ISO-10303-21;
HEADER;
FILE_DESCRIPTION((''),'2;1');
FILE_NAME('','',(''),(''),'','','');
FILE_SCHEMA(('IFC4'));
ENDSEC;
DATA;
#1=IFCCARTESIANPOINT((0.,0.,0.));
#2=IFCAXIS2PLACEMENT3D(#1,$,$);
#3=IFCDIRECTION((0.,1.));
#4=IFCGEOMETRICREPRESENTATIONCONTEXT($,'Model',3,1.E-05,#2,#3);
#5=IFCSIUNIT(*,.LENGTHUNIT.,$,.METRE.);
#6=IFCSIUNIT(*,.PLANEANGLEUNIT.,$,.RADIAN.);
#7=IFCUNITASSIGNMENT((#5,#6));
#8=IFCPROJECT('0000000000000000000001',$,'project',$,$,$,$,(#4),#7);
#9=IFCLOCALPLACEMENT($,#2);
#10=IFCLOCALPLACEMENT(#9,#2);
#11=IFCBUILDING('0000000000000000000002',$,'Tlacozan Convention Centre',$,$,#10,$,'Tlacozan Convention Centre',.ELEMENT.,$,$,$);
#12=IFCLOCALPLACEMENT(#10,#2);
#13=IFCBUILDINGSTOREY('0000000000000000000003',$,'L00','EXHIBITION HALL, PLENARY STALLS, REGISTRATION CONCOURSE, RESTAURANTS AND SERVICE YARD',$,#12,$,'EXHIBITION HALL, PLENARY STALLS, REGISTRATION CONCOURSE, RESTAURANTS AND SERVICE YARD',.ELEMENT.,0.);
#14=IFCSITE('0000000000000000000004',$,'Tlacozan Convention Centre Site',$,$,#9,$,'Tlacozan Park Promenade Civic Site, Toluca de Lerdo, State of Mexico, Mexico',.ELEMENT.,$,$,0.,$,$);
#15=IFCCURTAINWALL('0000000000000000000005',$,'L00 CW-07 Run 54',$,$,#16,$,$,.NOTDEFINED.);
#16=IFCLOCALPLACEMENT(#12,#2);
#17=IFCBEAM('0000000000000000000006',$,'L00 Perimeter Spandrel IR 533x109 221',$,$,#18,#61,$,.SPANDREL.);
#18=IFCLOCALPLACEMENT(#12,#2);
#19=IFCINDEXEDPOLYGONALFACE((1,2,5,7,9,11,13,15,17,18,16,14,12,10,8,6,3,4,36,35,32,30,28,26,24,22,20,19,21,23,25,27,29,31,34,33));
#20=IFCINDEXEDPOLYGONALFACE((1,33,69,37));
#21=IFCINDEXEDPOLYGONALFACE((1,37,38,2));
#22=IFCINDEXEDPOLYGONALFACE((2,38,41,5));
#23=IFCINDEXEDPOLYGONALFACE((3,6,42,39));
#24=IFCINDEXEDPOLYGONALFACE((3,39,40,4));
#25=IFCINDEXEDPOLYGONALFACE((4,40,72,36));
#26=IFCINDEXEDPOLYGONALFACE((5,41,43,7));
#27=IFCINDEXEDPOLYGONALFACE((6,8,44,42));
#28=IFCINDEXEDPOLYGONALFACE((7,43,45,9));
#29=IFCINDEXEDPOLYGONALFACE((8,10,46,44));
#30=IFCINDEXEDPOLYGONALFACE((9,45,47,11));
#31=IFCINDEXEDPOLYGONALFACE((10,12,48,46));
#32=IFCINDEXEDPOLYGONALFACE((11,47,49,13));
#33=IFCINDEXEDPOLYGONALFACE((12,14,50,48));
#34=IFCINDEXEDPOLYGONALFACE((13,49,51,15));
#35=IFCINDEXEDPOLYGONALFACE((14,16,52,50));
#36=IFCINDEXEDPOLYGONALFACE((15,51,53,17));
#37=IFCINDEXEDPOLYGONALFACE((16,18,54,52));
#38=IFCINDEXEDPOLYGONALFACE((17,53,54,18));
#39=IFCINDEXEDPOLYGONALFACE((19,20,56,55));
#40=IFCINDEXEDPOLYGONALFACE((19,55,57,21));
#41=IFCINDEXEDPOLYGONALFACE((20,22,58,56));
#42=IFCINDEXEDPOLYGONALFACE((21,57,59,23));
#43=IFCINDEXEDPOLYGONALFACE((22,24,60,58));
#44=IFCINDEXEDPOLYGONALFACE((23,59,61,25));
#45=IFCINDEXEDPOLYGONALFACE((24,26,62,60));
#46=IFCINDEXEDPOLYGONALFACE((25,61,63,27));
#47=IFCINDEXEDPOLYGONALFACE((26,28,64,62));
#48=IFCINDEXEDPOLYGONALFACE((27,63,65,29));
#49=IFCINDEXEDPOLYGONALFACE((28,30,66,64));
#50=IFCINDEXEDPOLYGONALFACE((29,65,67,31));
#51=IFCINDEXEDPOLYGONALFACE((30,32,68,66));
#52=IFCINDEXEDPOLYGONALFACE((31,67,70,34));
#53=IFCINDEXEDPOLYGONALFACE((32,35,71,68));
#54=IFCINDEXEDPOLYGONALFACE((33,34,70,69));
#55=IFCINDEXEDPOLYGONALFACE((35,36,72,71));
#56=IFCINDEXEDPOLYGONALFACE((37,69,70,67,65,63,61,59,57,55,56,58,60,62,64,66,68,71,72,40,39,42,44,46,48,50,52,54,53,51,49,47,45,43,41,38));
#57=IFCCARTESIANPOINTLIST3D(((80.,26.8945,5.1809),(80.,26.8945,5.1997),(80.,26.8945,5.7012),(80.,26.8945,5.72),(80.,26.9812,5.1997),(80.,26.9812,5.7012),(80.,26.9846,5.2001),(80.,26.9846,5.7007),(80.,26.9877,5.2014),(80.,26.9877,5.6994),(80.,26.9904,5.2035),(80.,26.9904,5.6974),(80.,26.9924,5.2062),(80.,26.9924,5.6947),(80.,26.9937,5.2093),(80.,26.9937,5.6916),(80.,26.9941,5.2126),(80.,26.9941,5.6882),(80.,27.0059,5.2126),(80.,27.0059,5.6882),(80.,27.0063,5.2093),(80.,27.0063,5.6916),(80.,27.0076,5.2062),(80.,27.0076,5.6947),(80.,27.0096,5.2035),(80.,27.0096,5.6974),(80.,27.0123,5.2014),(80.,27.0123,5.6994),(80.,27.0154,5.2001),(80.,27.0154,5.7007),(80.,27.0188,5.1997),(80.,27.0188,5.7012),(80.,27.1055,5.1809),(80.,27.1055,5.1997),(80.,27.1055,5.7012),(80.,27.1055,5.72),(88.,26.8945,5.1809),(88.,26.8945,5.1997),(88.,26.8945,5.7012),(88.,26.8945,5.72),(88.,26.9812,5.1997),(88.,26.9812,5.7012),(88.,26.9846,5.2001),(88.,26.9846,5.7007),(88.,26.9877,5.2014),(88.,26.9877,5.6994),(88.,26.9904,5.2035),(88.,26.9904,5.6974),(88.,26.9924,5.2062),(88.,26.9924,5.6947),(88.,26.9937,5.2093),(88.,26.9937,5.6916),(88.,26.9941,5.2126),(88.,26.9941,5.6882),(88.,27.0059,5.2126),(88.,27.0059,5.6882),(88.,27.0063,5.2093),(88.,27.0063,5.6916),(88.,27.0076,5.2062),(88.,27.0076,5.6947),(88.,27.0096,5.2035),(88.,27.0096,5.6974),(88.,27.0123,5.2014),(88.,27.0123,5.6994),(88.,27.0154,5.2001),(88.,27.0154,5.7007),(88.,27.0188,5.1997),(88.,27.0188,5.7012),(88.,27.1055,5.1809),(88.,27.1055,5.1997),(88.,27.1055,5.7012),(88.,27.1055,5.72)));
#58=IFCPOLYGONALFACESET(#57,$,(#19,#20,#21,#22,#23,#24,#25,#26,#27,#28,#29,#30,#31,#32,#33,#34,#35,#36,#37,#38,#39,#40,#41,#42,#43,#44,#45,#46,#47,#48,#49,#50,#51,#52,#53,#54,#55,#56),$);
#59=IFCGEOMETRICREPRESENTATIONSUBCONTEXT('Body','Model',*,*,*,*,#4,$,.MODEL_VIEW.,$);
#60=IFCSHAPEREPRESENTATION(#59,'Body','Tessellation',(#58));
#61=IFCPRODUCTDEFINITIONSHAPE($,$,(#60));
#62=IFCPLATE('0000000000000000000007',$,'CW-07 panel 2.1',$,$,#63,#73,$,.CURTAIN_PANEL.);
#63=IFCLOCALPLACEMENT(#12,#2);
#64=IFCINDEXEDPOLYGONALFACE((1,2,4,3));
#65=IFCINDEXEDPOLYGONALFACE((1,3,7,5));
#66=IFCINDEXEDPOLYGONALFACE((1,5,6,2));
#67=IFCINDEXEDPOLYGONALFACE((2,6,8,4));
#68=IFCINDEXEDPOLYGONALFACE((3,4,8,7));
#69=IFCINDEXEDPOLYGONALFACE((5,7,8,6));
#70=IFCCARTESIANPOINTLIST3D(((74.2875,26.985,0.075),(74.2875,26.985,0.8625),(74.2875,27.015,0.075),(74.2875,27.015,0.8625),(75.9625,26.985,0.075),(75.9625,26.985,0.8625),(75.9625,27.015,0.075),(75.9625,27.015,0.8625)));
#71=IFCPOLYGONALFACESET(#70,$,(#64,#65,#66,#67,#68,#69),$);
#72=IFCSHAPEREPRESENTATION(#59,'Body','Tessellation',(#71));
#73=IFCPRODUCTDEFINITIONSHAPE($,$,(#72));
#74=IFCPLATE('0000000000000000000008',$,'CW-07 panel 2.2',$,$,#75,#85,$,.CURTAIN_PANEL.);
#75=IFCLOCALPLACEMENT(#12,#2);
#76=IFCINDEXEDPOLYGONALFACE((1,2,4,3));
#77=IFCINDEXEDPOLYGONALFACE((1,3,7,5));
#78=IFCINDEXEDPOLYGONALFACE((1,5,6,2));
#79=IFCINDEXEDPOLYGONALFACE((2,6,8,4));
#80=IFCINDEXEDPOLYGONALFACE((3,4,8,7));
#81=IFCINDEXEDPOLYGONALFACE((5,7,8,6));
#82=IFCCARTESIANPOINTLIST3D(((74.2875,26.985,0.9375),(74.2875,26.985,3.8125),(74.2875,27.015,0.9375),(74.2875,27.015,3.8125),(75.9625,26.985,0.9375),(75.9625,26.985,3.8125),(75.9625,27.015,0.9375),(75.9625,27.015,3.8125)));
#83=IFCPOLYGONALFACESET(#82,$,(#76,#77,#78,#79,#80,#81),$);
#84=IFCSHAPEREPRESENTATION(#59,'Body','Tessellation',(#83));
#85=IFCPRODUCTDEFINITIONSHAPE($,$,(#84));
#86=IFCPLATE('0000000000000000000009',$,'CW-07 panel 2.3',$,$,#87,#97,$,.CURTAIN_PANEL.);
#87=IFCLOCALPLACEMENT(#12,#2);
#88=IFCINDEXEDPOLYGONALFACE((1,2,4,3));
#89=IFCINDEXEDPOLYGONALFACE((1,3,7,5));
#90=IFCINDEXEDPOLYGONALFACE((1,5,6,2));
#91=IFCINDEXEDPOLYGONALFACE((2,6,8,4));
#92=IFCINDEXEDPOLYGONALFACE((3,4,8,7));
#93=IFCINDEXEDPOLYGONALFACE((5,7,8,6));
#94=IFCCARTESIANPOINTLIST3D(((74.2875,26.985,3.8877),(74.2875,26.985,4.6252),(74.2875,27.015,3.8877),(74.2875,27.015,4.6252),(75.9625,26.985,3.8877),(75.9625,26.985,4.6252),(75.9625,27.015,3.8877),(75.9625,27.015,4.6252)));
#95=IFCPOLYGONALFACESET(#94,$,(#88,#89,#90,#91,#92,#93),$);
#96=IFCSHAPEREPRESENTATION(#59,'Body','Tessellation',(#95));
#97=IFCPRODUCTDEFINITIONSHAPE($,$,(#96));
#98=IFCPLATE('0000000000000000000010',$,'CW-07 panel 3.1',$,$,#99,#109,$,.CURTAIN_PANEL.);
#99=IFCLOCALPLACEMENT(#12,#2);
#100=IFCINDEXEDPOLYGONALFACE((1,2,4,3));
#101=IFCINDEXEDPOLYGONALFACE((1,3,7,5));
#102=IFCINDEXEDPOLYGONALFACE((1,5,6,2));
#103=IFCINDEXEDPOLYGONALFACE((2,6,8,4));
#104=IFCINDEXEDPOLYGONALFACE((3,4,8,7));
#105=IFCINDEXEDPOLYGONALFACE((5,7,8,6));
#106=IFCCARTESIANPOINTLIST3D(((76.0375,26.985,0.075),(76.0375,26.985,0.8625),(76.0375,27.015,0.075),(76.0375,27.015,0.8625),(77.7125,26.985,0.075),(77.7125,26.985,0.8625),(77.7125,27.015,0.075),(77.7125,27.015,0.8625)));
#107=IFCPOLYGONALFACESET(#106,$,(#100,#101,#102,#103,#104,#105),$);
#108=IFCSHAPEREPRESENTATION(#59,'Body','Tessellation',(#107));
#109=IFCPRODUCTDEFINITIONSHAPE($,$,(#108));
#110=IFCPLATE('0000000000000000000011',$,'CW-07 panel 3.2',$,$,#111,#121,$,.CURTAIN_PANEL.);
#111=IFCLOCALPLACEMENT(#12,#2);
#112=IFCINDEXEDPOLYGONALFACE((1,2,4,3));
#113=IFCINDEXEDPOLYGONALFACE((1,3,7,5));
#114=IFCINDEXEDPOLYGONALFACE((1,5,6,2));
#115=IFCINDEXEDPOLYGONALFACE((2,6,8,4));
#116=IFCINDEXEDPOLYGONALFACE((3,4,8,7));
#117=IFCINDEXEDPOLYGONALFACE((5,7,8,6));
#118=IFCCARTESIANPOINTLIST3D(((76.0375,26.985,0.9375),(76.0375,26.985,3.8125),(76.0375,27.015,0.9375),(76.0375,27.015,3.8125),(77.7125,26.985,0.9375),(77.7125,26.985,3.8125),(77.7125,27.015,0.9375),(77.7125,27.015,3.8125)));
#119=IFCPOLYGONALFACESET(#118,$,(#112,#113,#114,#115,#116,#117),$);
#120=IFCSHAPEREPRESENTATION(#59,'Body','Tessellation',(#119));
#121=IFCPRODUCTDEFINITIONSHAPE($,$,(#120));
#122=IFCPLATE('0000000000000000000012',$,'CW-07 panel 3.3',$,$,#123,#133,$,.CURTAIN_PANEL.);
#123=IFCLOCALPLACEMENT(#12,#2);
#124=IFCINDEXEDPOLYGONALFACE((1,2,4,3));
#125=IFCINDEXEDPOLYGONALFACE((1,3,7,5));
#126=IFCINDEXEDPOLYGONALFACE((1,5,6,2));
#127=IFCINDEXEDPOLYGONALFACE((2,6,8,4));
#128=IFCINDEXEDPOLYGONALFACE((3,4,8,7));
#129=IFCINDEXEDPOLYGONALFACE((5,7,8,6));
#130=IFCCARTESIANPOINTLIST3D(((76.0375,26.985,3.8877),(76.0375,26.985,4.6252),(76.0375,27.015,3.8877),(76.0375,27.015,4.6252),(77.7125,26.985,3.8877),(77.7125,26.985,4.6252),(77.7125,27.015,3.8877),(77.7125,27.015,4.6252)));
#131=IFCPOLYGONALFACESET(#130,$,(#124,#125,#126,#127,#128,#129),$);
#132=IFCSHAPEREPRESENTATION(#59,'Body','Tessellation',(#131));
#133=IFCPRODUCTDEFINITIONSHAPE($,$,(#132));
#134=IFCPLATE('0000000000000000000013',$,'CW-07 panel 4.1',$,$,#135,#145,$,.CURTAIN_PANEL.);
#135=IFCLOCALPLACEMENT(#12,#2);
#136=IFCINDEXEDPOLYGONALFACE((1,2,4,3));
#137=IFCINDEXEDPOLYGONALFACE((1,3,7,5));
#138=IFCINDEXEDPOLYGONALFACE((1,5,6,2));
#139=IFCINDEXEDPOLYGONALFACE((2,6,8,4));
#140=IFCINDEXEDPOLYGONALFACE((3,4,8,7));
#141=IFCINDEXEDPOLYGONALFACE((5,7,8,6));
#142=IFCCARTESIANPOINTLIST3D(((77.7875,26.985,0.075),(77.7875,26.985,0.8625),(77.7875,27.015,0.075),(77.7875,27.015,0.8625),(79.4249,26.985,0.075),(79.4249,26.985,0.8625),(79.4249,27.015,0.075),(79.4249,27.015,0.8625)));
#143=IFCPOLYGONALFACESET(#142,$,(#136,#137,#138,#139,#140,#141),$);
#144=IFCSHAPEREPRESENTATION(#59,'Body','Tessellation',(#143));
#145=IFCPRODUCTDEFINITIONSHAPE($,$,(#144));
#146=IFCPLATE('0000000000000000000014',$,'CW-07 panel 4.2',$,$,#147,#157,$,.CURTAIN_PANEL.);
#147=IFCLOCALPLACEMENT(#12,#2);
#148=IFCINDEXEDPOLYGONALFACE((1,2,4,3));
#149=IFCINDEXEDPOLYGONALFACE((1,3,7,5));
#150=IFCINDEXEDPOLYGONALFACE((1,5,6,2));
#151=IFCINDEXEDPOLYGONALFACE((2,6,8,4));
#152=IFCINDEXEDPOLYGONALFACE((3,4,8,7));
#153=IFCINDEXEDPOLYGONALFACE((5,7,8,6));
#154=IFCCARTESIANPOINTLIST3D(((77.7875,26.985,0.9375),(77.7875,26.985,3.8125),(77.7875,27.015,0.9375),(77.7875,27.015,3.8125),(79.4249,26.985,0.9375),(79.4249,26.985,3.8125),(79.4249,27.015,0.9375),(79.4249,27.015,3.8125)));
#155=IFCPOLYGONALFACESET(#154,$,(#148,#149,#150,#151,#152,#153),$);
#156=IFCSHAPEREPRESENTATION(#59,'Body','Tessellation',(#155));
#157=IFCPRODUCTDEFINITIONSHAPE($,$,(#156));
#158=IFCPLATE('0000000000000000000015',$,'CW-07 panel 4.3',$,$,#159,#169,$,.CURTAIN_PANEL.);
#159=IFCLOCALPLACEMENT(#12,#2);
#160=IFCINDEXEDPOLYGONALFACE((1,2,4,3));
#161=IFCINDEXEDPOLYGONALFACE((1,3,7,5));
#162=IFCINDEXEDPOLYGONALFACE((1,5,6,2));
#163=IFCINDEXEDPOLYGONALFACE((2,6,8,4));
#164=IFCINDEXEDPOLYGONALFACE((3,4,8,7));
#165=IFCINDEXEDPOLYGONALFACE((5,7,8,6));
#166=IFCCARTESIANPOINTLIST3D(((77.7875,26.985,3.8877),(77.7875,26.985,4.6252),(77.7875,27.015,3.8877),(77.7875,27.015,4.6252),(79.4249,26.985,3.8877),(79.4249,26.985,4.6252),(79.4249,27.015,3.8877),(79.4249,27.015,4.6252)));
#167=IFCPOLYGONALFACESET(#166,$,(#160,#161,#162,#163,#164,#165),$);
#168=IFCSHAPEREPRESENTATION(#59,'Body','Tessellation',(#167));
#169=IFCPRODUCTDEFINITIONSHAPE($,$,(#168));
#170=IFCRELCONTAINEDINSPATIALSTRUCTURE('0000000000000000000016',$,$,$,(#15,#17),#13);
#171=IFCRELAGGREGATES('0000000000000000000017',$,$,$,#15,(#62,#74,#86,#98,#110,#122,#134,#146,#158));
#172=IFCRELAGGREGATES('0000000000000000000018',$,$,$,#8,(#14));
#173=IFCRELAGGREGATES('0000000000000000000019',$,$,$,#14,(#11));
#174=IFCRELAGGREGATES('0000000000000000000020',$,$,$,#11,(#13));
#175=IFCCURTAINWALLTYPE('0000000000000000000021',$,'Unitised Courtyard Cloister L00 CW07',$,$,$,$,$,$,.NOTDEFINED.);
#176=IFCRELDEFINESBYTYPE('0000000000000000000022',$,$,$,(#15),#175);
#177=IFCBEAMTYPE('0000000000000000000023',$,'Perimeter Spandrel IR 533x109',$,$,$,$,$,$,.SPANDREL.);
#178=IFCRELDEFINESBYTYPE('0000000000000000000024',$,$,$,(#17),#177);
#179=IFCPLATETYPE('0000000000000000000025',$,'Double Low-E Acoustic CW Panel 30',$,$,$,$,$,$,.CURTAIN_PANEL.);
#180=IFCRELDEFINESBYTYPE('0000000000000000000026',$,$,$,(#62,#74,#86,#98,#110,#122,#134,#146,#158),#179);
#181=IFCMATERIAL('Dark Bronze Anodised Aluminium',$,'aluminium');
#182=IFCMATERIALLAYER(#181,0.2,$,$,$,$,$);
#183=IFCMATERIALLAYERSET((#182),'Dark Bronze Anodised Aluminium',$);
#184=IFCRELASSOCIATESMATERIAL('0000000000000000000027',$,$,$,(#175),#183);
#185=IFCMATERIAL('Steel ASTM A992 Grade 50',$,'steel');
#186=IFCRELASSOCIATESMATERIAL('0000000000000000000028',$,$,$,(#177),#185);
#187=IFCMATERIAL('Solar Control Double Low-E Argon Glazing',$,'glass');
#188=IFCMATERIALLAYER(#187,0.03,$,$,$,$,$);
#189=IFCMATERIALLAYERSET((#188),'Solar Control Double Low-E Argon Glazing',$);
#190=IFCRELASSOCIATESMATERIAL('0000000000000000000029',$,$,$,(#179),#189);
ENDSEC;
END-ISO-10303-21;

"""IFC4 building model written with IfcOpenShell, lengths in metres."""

from ifc_helpers import new_model, si_unit, direction, frame, origin, origin_2d, place, context, subcontext, project, spatial, rectangle, i_section, extrude, material, layer, layer_set, material_profile, profile_set, type_object, element, aggregate, save


model = new_model("IFC4")

# Units and contexts
model_context = context("Model", 3, precision=1e-05, world=origin(), true_north=direction((0.0, 1.0)))
body_context = subcontext(model_context, "Body", "Model", "MODEL_VIEW")
ifc_project = project(units=[si_unit("LENGTHUNIT", "METRE"), si_unit("PLANEANGLEUNIT", "RADIAN")], contexts=[model_context])

# Site, building, storey
site_placement = place(None, origin())
site = spatial("IfcSite", under=ifc_project, at=site_placement, Name="Tlacozan Convention Centre Site", LongName="Tlacozan Park Promenade Civic Site, Toluca de Lerdo, State of Mexico, Mexico", CompositionType="ELEMENT", RefElevation=0.0)
building_placement = place(site_placement, origin())
building = spatial("IfcBuilding", under=site, at=building_placement, Name="Tlacozan Convention Centre", LongName="Tlacozan Convention Centre", CompositionType="ELEMENT")
storey_placement = place(building_placement, origin())
storey = spatial("IfcBuildingStorey", under=building, at=storey_placement, Name="L00", Description="EXHIBITION HALL, PLENARY STALLS, REGISTRATION CONCOURSE, RESTAURANTS AND SERVICE YARD", LongName="EXHIBITION HALL, PLENARY STALLS, REGISTRATION CONCOURSE, RESTAURANTS AND SERVICE YARD", CompositionType="ELEMENT", Elevation=0.0)

# Curtain wall
ifc_material_1 = material(Name="Dark Bronze Anodised Aluminium", Category="aluminium")
ifc_layer_1 = layer(ifc_material_1, 0.2)
ifc_layer_set_1 = layer_set([ifc_layer_1], Name="Dark Bronze Anodised Aluminium")
curtain_wall_type = type_object("IfcCurtainWallType", Name="Unitised Courtyard Cloister L00 CW07", PredefinedType="NOTDEFINED", material=ifc_layer_set_1)
curtain_wall_placement = place(storey_placement, origin())
curtain_wall = element("IfcCurtainWall", 1, at=curtain_wall_placement, inside=storey, type_object=curtain_wall_type, Name="L00 CW-07 Run 54", PredefinedType="NOTDEFINED")

# Beam
ifc_material_2 = material(Name="Steel ASTM A992 Grade 50", Category="steel")
ifc_material_profile_1 = material_profile(ifc_material_2, i_section(OverallWidth=0.2109, OverallDepth=0.5391, WebThickness=0.0117, FlangeThickness=0.0188, FilletRadius=0.0129, at=origin_2d()), Name="IR 533x109.0")
ifc_profile_set_1 = profile_set([ifc_material_profile_1], Name="Steel ASTM A992 Grade 50")
beam_type = type_object("IfcBeamType", Name="Perimeter Spandrel IR 533x109", PredefinedType="SPANDREL", material=ifc_profile_set_1)
beam_placement = place(storey_placement, frame((80.0, 27.0, 5.4504), z_axis=(1.0, 0.0, 0.0), x_axis=(0.0, 1.0, 0.0)))
element("IfcBeam", 2, at=beam_placement, inside=storey, type_object=beam_type, Name="L00 Perimeter Spandrel IR 533x109 221", PredefinedType="SPANDREL", context=body_context, shape_type="SweptSolid", body=[
    extrude(i_section(OverallWidth=0.2109, OverallDepth=0.5391, WebThickness=0.0117, FlangeThickness=0.0188, FilletRadius=0.0129, at=origin_2d()), origin(), (0.0, 0.0, 1.0), 8.0),
])

# Plates
ifc_material_3 = material(Name="Solar Control Double Low-E Argon Glazing", Category="glass")
ifc_layer_2 = layer(ifc_material_3, 0.03)
ifc_layer_set_2 = layer_set([ifc_layer_2], Name="Solar Control Double Low-E Argon Glazing")
plate_type = type_object("IfcPlateType", Name="Double Low-E Acoustic CW Panel 30", PredefinedType="CURTAIN_PANEL", material=ifc_layer_set_2)
plate_1_placement = place(storey_placement, frame((75.125, 27.0, 0.075), z_axis=(0.0, 0.0, 1.0), x_axis=(1.0, 0.0, 0.0)))
plate_1 = element("IfcPlate", 3, at=plate_1_placement, type_object=plate_type, Name="CW-07 panel 2.1", PredefinedType="CURTAIN_PANEL", context=body_context, shape_type="SweptSolid", body=[
    extrude(rectangle(XDim=1.675, YDim=0.03, at=origin_2d()), origin(), (0.0, 0.0, 1.0), 0.7876),
])
plate_2_placement = place(storey_placement, frame((75.125, 27.0, 0.9375), z_axis=(0.0, 0.0, 1.0), x_axis=(1.0, 0.0, 0.0)))
plate_2 = element("IfcPlate", 4, at=plate_2_placement, type_object=plate_type, Name="CW-07 panel 2.2", PredefinedType="CURTAIN_PANEL", context=body_context, shape_type="SweptSolid", body=[
    extrude(rectangle(XDim=1.675, YDim=0.03, at=origin_2d()), origin(), (0.0, 0.0, 1.0), 2.875),
])
plate_3_placement = place(storey_placement, frame((75.125, 27.0, 3.8877), z_axis=(0.0, 0.0, 1.0), x_axis=(1.0, 0.0, 0.0)))
plate_3 = element("IfcPlate", 5, at=plate_3_placement, type_object=plate_type, Name="CW-07 panel 2.3", PredefinedType="CURTAIN_PANEL", context=body_context, shape_type="SweptSolid", body=[
    extrude(rectangle(XDim=1.675, YDim=0.03, at=origin_2d()), origin(), (0.0, 0.0, 1.0), 0.7375),
])
plate_4_placement = place(storey_placement, frame((76.875, 27.0, 0.075), z_axis=(0.0, 0.0, 1.0), x_axis=(1.0, 0.0, 0.0)))
plate_4 = element("IfcPlate", 6, at=plate_4_placement, type_object=plate_type, Name="CW-07 panel 3.1", PredefinedType="CURTAIN_PANEL", context=body_context, shape_type="SweptSolid", body=[
    extrude(rectangle(XDim=1.675, YDim=0.03, at=origin_2d()), origin(), (0.0, 0.0, 1.0), 0.7876),
])
plate_5_placement = place(storey_placement, frame((76.875, 27.0, 0.9375), z_axis=(0.0, 0.0, 1.0), x_axis=(1.0, 0.0, 0.0)))
plate_5 = element("IfcPlate", 7, at=plate_5_placement, type_object=plate_type, Name="CW-07 panel 3.2", PredefinedType="CURTAIN_PANEL", context=body_context, shape_type="SweptSolid", body=[
    extrude(rectangle(XDim=1.675, YDim=0.03, at=origin_2d()), origin(), (0.0, 0.0, 1.0), 2.875),
])
plate_6_placement = place(storey_placement, frame((76.875, 27.0, 3.8877), z_axis=(0.0, 0.0, 1.0), x_axis=(1.0, 0.0, 0.0)))
plate_6 = element("IfcPlate", 8, at=plate_6_placement, type_object=plate_type, Name="CW-07 panel 3.3", PredefinedType="CURTAIN_PANEL", context=body_context, shape_type="SweptSolid", body=[
    extrude(rectangle(XDim=1.675, YDim=0.03, at=origin_2d()), origin(), (0.0, 0.0, 1.0), 0.7375),
])
plate_7_placement = place(storey_placement, frame((78.6062, 27.0, 0.075), z_axis=(0.0, 0.0, 1.0), x_axis=(1.0, 0.0, 0.0)))
plate_7 = element("IfcPlate", 9, at=plate_7_placement, type_object=plate_type, Name="CW-07 panel 4.1", PredefinedType="CURTAIN_PANEL", context=body_context, shape_type="SweptSolid", body=[
    extrude(rectangle(XDim=1.6375, YDim=0.03, at=origin_2d()), origin(), (0.0, 0.0, 1.0), 0.7876),
])
plate_8_placement = place(storey_placement, frame((78.6062, 27.0, 0.9375), z_axis=(0.0, 0.0, 1.0), x_axis=(1.0, 0.0, 0.0)))
plate_8 = element("IfcPlate", 10, at=plate_8_placement, type_object=plate_type, Name="CW-07 panel 4.2", PredefinedType="CURTAIN_PANEL", context=body_context, shape_type="SweptSolid", body=[
    extrude(rectangle(XDim=1.6375, YDim=0.03, at=origin_2d()), origin(), (0.0, 0.0, 1.0), 2.875),
])
plate_9_placement = place(storey_placement, frame((78.6062, 27.0, 3.8877), z_axis=(0.0, 0.0, 1.0), x_axis=(1.0, 0.0, 0.0)))
plate_9 = element("IfcPlate", 11, at=plate_9_placement, type_object=plate_type, Name="CW-07 panel 4.3", PredefinedType="CURTAIN_PANEL", context=body_context, shape_type="SweptSolid", body=[
    extrude(rectangle(XDim=1.6375, YDim=0.03, at=origin_2d()), origin(), (0.0, 0.0, 1.0), 0.7375),
])
aggregate(curtain_wall, [plate_1, plate_2, plate_3, plate_4, plate_5, plate_6, plate_7, plate_8, plate_9])

save(model, "model.ifc")
